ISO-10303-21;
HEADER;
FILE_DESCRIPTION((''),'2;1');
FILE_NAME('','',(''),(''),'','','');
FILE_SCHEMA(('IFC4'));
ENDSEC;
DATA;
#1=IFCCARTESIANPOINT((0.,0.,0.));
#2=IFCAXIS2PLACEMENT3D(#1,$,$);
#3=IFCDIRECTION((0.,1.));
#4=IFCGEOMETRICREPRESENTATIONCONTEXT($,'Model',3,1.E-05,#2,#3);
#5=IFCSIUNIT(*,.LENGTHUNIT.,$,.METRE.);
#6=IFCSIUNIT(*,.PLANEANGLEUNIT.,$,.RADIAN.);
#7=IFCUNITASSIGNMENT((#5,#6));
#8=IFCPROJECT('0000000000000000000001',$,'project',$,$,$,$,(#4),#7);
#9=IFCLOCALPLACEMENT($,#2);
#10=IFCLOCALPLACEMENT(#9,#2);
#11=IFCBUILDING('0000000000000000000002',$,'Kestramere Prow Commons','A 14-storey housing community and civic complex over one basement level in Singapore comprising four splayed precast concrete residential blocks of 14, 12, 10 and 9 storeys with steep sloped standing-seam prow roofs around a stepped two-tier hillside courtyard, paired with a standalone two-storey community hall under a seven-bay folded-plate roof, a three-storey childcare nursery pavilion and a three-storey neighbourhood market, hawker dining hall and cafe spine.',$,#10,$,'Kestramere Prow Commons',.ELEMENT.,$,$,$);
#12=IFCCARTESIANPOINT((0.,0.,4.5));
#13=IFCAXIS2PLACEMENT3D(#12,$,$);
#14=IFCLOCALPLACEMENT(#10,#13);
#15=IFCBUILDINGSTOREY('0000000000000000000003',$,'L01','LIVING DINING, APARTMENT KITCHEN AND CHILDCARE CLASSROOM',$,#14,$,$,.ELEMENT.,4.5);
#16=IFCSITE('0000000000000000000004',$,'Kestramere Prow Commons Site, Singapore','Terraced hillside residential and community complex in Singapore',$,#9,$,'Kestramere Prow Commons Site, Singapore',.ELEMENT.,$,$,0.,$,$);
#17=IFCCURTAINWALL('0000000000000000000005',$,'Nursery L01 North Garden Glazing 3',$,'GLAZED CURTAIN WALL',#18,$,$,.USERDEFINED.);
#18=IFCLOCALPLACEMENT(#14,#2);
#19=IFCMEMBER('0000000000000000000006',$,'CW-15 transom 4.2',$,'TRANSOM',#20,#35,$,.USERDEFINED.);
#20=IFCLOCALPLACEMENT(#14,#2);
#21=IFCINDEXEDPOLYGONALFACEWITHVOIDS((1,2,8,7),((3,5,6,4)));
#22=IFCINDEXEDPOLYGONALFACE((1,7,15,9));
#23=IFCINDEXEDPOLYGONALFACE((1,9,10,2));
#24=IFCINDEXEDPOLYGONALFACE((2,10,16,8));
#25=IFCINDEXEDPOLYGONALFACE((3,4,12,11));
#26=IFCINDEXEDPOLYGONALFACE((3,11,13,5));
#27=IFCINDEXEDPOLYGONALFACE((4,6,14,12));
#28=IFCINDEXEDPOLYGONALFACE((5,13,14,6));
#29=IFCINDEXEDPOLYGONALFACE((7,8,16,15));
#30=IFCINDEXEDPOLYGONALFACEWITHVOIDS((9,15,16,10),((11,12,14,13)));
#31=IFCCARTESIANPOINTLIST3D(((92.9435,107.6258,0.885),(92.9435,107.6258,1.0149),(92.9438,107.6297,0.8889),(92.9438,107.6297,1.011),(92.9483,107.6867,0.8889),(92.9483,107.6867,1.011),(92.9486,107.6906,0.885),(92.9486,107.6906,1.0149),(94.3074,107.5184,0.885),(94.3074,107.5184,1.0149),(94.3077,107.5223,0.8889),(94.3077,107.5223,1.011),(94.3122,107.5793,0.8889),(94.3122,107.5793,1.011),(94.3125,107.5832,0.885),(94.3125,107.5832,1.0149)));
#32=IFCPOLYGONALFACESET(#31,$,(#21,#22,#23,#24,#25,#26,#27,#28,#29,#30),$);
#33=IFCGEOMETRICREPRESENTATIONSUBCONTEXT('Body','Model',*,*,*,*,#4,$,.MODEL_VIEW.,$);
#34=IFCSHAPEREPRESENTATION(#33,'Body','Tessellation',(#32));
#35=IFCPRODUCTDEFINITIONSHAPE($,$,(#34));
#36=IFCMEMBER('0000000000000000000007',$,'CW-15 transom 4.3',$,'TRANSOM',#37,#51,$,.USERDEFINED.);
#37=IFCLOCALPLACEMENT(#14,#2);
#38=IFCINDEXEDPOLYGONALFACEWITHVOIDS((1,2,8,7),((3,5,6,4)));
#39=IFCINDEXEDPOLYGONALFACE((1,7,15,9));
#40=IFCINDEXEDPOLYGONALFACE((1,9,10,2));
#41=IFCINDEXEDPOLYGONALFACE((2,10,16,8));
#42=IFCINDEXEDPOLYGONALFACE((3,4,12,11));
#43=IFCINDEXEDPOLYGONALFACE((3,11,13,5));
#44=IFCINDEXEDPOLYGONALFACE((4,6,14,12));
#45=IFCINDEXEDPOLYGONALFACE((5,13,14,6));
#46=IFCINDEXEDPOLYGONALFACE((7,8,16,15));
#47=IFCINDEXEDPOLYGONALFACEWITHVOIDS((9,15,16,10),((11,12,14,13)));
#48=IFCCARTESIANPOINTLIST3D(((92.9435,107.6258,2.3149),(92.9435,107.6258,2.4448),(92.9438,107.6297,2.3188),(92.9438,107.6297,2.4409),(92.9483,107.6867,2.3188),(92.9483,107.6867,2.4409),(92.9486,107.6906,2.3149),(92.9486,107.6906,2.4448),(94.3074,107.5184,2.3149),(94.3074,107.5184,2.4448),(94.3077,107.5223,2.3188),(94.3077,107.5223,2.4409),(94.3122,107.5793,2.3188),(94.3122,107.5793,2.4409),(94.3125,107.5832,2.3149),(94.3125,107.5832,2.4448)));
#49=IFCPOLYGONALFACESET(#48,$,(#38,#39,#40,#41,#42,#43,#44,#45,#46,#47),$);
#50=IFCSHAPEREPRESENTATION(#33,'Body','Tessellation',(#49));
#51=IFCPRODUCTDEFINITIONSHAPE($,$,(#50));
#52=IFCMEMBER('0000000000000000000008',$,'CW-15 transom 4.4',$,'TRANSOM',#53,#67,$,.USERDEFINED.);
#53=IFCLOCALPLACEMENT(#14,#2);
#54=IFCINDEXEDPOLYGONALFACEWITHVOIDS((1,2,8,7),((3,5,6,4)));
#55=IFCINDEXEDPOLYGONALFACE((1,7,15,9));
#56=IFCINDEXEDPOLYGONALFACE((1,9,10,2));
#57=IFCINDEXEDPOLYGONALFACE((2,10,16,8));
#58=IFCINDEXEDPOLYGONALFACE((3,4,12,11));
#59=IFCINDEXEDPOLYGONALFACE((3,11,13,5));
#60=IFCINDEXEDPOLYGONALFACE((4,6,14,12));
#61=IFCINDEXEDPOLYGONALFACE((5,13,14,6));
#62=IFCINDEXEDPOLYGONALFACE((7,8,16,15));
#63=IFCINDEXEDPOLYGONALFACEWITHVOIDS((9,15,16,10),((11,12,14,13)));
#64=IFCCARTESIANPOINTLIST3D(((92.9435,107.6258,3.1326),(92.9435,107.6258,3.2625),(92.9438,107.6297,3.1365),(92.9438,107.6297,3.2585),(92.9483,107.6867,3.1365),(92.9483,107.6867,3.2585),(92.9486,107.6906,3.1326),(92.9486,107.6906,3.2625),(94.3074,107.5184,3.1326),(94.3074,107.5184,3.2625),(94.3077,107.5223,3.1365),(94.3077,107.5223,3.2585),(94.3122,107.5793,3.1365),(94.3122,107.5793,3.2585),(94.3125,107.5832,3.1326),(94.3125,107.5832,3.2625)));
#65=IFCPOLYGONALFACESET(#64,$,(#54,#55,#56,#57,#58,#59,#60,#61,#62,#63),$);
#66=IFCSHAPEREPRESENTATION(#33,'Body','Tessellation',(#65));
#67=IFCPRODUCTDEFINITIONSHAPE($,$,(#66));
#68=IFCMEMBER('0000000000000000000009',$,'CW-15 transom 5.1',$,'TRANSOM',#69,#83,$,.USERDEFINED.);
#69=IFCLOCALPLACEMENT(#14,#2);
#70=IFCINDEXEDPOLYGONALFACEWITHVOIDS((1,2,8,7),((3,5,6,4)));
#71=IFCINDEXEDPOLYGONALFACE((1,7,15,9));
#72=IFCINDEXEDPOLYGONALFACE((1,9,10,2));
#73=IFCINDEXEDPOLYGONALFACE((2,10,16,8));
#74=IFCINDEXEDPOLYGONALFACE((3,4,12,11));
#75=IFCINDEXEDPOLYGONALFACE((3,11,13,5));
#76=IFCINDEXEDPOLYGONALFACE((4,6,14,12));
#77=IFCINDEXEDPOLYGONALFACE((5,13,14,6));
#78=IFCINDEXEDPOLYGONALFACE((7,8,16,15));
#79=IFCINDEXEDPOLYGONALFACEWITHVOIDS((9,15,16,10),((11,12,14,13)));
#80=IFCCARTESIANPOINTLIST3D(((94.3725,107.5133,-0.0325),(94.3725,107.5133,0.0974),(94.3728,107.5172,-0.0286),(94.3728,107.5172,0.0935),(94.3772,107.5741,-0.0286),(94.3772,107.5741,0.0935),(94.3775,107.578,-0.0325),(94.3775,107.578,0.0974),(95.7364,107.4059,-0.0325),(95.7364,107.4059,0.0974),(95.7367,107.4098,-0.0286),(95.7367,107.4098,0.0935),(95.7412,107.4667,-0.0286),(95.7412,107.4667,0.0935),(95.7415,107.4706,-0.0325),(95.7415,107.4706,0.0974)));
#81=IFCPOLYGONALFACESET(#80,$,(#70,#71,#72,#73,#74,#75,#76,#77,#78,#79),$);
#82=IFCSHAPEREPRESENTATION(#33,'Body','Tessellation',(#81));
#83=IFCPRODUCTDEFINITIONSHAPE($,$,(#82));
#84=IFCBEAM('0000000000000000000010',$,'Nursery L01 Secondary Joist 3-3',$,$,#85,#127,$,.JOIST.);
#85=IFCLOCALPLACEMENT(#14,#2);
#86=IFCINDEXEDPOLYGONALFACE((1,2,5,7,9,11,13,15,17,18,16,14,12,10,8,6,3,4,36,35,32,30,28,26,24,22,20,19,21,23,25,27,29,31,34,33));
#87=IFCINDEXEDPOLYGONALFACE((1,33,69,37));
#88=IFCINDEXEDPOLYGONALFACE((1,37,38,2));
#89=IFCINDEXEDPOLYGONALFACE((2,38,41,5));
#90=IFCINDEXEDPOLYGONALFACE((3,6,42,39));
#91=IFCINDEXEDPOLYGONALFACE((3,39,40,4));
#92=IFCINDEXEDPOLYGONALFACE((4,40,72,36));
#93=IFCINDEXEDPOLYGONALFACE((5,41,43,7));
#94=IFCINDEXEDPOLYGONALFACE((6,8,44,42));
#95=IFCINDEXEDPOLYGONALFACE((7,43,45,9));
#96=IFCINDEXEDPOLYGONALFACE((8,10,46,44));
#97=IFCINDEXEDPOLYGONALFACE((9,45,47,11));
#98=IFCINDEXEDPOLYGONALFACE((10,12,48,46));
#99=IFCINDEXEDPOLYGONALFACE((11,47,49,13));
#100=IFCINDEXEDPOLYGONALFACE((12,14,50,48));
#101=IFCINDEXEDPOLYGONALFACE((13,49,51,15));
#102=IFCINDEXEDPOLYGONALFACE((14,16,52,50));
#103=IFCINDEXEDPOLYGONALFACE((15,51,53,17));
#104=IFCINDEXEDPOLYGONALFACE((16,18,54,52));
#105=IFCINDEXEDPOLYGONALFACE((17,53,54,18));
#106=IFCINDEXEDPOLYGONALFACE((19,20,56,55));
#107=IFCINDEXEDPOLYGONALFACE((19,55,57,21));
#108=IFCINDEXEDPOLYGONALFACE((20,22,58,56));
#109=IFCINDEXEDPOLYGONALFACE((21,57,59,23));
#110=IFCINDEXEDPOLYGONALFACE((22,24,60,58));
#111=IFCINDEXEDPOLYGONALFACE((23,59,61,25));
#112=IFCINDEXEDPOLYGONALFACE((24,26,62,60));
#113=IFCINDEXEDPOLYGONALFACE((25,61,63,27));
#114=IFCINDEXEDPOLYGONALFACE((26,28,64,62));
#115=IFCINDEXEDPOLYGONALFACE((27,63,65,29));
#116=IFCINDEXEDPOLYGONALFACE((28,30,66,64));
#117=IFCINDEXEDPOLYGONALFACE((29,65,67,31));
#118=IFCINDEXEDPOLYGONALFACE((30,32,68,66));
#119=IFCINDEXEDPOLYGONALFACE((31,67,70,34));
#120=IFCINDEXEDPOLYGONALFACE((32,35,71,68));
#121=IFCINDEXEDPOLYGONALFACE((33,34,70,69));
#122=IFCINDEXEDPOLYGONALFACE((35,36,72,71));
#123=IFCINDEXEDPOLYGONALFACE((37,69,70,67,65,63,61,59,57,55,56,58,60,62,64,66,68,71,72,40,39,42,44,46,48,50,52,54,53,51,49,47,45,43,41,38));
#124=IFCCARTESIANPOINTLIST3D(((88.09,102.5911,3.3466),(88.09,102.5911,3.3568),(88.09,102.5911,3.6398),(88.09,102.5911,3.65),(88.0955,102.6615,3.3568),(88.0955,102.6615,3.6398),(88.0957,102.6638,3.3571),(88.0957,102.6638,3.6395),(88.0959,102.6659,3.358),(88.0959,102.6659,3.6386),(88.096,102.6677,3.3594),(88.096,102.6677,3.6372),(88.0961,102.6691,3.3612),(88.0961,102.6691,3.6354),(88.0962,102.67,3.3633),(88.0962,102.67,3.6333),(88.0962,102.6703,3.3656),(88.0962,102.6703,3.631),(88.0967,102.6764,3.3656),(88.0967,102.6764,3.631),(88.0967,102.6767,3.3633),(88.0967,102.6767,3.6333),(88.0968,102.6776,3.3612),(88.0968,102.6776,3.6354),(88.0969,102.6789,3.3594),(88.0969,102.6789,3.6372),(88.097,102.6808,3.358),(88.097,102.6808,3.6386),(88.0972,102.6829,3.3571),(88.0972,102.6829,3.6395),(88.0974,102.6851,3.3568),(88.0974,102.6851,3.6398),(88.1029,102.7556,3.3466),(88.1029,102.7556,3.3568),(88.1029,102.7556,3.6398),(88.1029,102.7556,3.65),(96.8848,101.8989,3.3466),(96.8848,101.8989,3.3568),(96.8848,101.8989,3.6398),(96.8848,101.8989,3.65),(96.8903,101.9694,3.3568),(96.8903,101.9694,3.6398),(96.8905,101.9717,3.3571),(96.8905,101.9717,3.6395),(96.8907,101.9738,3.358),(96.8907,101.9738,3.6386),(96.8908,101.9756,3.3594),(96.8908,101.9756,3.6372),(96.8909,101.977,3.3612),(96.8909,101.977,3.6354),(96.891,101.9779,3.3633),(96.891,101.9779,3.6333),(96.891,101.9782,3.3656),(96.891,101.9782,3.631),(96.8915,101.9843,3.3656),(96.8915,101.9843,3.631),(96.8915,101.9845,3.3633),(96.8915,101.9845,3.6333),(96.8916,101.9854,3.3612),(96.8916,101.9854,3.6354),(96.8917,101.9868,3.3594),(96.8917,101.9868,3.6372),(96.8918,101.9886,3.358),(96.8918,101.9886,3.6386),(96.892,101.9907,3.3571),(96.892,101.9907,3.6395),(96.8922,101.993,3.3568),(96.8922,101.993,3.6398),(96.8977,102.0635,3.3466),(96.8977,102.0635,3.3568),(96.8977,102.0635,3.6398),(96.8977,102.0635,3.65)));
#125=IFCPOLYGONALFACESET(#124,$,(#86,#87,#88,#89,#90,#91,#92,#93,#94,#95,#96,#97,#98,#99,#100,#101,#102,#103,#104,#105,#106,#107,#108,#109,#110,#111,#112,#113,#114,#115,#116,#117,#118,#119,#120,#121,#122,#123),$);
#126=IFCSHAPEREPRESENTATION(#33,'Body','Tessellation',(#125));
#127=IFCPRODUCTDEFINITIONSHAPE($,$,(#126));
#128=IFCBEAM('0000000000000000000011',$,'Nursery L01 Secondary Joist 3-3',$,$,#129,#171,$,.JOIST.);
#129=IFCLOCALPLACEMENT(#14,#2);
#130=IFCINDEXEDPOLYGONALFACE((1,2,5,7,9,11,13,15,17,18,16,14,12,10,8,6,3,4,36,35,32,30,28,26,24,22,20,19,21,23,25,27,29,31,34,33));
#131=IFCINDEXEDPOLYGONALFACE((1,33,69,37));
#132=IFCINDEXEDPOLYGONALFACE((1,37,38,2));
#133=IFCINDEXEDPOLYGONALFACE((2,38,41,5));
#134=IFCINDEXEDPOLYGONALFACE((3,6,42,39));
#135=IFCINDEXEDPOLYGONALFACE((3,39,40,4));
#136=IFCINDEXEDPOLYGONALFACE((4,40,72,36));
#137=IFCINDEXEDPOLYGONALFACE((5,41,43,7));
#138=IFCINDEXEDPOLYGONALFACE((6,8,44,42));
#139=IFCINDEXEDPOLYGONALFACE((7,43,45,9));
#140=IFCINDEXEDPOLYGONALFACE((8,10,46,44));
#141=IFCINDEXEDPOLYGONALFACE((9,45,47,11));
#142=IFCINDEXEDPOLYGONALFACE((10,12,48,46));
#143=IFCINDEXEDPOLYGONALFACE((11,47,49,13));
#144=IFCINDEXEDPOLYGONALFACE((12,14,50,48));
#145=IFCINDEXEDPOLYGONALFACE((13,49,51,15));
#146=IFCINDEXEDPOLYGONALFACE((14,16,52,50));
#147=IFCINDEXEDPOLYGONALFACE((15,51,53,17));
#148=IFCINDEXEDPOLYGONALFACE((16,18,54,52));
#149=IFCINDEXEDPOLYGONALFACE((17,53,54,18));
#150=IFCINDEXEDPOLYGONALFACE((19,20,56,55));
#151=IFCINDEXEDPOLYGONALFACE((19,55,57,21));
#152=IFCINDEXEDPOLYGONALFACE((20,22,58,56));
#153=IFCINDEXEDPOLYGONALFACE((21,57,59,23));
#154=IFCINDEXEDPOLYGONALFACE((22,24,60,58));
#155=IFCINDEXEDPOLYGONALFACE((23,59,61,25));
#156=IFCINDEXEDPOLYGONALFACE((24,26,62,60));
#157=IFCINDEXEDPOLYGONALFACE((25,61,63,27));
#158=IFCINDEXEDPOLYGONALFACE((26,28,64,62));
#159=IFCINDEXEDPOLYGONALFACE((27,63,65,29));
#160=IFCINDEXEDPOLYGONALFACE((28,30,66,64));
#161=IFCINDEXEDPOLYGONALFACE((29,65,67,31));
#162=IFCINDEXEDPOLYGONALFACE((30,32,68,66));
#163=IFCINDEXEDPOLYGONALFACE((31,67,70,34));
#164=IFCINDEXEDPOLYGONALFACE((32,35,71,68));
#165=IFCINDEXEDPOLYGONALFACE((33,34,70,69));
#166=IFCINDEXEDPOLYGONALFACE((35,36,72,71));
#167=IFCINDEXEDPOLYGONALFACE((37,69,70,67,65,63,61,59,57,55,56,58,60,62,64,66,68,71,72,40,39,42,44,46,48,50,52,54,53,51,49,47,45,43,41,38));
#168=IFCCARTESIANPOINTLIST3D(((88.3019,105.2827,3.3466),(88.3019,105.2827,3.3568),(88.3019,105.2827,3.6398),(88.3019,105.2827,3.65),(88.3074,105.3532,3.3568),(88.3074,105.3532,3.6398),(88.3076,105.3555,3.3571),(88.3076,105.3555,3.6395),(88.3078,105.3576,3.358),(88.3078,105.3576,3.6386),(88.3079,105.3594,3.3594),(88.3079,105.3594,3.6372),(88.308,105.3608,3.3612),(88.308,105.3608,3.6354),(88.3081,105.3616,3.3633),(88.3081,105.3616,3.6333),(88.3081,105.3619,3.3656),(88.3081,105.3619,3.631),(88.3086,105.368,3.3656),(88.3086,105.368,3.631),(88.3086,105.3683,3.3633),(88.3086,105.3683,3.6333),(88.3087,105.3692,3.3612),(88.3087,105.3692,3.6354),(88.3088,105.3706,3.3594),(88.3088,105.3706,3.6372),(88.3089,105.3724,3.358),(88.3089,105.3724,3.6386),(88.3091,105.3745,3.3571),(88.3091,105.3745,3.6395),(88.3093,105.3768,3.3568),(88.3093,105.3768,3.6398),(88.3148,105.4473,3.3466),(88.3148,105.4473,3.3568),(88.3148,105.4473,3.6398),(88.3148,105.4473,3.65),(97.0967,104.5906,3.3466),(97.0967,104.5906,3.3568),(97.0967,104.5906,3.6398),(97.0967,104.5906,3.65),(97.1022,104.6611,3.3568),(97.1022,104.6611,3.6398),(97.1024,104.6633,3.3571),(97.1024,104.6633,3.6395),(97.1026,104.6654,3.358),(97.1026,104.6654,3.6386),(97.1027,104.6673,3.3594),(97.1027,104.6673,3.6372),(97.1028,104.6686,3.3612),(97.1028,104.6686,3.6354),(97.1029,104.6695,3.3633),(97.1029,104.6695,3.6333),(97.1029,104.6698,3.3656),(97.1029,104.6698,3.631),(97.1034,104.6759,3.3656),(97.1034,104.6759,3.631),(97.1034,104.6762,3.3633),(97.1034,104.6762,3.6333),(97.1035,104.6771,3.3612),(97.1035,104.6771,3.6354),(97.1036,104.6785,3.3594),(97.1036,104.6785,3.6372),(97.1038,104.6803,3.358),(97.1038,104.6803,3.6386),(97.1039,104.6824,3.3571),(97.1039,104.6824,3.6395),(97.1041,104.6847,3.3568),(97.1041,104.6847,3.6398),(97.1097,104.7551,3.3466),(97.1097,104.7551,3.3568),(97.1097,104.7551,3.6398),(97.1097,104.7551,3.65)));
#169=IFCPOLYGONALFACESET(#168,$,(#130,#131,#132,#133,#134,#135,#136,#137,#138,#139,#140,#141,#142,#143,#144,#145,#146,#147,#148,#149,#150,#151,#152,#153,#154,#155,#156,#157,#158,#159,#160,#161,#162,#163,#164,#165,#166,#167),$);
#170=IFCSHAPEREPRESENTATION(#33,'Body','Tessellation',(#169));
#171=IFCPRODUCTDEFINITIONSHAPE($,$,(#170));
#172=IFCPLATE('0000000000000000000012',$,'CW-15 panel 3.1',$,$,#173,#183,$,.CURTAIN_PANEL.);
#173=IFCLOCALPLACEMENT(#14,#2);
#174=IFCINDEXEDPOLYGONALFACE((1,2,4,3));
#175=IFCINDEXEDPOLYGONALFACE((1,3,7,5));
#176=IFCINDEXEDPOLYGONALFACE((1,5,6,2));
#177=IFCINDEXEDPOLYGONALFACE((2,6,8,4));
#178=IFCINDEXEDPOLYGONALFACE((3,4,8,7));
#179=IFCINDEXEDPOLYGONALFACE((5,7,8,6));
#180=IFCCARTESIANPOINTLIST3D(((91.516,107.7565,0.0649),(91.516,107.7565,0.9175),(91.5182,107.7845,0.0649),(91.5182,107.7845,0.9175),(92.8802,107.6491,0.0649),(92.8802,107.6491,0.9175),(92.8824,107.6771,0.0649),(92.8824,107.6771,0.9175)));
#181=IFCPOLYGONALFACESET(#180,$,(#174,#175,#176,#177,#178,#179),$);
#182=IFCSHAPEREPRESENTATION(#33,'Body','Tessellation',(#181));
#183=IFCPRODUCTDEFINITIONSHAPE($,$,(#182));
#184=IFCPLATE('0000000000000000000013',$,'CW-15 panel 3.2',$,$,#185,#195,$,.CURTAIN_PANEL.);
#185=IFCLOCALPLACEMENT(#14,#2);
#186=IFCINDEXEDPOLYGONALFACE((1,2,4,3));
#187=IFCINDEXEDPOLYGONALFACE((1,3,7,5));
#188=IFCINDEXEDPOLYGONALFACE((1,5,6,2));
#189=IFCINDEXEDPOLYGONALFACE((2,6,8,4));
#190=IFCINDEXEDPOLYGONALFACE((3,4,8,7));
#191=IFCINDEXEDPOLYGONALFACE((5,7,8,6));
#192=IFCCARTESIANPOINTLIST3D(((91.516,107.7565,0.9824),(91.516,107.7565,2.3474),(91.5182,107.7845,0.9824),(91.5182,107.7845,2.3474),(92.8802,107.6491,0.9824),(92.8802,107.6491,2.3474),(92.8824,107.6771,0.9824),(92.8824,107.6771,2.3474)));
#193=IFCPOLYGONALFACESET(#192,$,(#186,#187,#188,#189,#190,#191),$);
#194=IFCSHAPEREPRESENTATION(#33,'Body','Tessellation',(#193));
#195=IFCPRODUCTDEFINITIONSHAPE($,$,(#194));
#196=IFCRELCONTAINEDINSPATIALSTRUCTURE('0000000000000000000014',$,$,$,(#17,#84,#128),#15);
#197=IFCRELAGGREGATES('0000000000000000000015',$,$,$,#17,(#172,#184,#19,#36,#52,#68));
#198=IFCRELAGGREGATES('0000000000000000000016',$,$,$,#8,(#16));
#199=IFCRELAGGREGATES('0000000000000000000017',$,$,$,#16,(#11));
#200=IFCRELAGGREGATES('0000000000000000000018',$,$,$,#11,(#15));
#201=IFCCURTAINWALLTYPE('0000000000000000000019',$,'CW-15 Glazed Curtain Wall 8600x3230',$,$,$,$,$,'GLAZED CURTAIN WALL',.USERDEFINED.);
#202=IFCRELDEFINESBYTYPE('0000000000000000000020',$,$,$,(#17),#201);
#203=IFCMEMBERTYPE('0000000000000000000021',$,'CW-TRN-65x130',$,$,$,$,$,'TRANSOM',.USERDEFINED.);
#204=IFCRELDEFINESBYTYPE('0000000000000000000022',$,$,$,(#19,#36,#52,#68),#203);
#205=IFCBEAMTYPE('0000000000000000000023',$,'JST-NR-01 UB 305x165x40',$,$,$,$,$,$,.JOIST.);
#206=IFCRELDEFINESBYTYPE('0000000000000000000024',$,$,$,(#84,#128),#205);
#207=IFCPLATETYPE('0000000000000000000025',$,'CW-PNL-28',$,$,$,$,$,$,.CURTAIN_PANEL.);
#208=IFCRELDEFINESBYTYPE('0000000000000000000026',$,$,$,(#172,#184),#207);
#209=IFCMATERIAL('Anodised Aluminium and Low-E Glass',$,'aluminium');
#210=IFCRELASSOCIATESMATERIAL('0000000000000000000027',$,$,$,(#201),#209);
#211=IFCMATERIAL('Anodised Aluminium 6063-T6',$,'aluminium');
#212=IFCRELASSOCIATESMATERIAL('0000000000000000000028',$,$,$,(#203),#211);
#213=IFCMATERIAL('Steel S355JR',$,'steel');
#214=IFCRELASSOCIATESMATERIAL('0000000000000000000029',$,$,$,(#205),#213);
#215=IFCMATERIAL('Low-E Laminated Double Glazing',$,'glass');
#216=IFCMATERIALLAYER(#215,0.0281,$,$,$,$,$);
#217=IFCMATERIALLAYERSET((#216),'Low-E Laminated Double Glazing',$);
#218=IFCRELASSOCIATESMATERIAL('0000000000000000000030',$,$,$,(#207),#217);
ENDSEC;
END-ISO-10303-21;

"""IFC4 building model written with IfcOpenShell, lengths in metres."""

from ifc_helpers import new_model, si_unit, direction, frame, origin, origin_2d, place, context, subcontext, project, spatial, rectangle, hollow_rectangle, i_section, extrude, material, layer, layer_set, material_profile, profile_set, type_object, element, aggregate, save


model = new_model("IFC4")

# Units and contexts
model_context = context("Model", 3, precision=1e-05, world=origin(), true_north=direction((0.0, 1.0)))
body_context = subcontext(model_context, "Body", "Model", "MODEL_VIEW")
ifc_project = project(units=[si_unit("LENGTHUNIT", "METRE"), si_unit("PLANEANGLEUNIT", "RADIAN")], contexts=[model_context])

# Site, building, storey
site_placement = place(None, origin())
site = spatial("IfcSite", under=ifc_project, at=site_placement, Name="Kestramere Prow Commons Site, Singapore", Description="Terraced hillside residential and community complex in Singapore", LongName="Kestramere Prow Commons Site, Singapore", CompositionType="ELEMENT", RefElevation=0.0)
building_placement = place(site_placement, origin())
building = spatial("IfcBuilding", under=site, at=building_placement, Name="Kestramere Prow Commons", Description="A 14-storey housing community and civic complex over one basement level in Singapore comprising four splayed precast concrete residential blocks of 14, 12, 10 and 9 storeys with steep sloped standing-seam prow roofs around a stepped two-tier hillside courtyard, paired with a standalone two-storey community hall under a seven-bay folded-plate roof, a three-storey childcare nursery pavilion and a three-storey neighbourhood market, hawker dining hall and cafe spine.", LongName="Kestramere Prow Commons", CompositionType="ELEMENT")
storey_placement = place(building_placement, frame((0.0, 0.0, 4.5)))
storey = spatial("IfcBuildingStorey", under=building, at=storey_placement, Name="L01", Description="LIVING DINING, APARTMENT KITCHEN AND CHILDCARE CLASSROOM", CompositionType="ELEMENT", Elevation=4.5)

# Shared definitions
ifc_material_1 = material(Name="Steel S355JR", Category="steel")

# Curtain wall, members
ifc_material_2 = material(Name="Anodised Aluminium and Low-E Glass", Category="aluminium")
curtain_wall_type = type_object("IfcCurtainWallType", Name="CW-15 Glazed Curtain Wall 8600x3230", ElementType="GLAZED CURTAIN WALL", PredefinedType="USERDEFINED", material=ifc_material_2)
curtain_wall_placement = place(storey_placement, origin())
curtain_wall = element("IfcCurtainWall", 1, at=curtain_wall_placement, inside=storey, type_object=curtain_wall_type, Name="Nursery L01 North Garden Glazing 3", ObjectType="GLAZED CURTAIN WALL", PredefinedType="USERDEFINED")
ifc_material_3 = material(Name="Anodised Aluminium 6063-T6", Category="aluminium")
ifc_material_profile_1 = material_profile(ifc_material_3, hollow_rectangle(XDim=0.0649, YDim=0.1299, WallThickness=0.0039, at=origin_2d()), Name="ALU-TRN 65x130")
ifc_profile_set_1 = profile_set([ifc_material_profile_1], Name="Anodised Aluminium 6063-T6")
member_type_1 = type_object("IfcMemberType", Name="CW-TRN-65x130", ElementType="TRANSOM", PredefinedType="USERDEFINED", material=ifc_profile_set_1)
member_1_placement = place(storey_placement, frame((92.946, 107.6582, 0.95), z_axis=(0.996913, -0.078511, 0.0), x_axis=(0.078511, 0.996913, 0.0)))
member_1 = element("IfcMember", 2, at=member_1_placement, type_object=member_type_1, Name="CW-15 transom 4.2", ObjectType="TRANSOM", PredefinedType="USERDEFINED", context=body_context, shape_type="SweptSolid", body=[
    extrude(hollow_rectangle(XDim=0.0649, YDim=0.1299, WallThickness=0.0039, at=origin_2d()), origin(), (0.0, 0.0, 1.0), 1.3682),
])
member_2_placement = place(storey_placement, frame((92.946, 107.6582, 2.3799), z_axis=(0.996913, -0.078511, 0.0), x_axis=(0.078511, 0.996913, 0.0)))
member_2 = element("IfcMember", 3, at=member_2_placement, type_object=member_type_1, Name="CW-15 transom 4.3", ObjectType="TRANSOM", PredefinedType="USERDEFINED", context=body_context, shape_type="SweptSolid", body=[
    extrude(hollow_rectangle(XDim=0.0649, YDim=0.1299, WallThickness=0.0039, at=origin_2d()), origin(), (0.0, 0.0, 1.0), 1.3682),
])
member_3_placement = place(storey_placement, frame((92.946, 107.6582, 3.1975), z_axis=(0.996913, -0.078511, 0.0), x_axis=(0.078511, 0.996913, 0.0)))
member_3 = element("IfcMember", 4, at=member_3_placement, type_object=member_type_1, Name="CW-15 transom 4.4", ObjectType="TRANSOM", PredefinedType="USERDEFINED", context=body_context, shape_type="SweptSolid", body=[
    extrude(hollow_rectangle(XDim=0.0649, YDim=0.1299, WallThickness=0.0039, at=origin_2d()), origin(), (0.0, 0.0, 1.0), 1.3682),
])
member_4_placement = place(storey_placement, frame((94.375, 107.5457, 0.0325), z_axis=(0.996913, -0.078511, 0.0), x_axis=(0.078511, 0.996913, 0.0)))
member_4 = element("IfcMember", 5, at=member_4_placement, type_object=member_type_1, Name="CW-15 transom 5.1", ObjectType="TRANSOM", PredefinedType="USERDEFINED", context=body_context, shape_type="SweptSolid", body=[
    extrude(hollow_rectangle(XDim=0.0649, YDim=0.1299, WallThickness=0.0039, at=origin_2d()), origin(), (0.0, 0.0, 1.0), 1.3682),
])

# Beams
ifc_material_profile_2 = material_profile(ifc_material_1, i_section(OverallWidth=0.165, OverallDepth=0.3035, WebThickness=0.0061, FlangeThickness=0.0103, FilletRadius=0.0088, at=origin_2d()), Name="UB 305x165x40")
ifc_profile_set_2 = profile_set([ifc_material_profile_2], Name="Steel S355JR")
beam_type_1 = type_object("IfcBeamType", Name="JST-NR-01 UB 305x165x40", PredefinedType="JOIST", material=ifc_profile_set_2)
for number, where, z_axis, x_axis, name in (
    (6, (88.0964, 102.6733, 3.4983), (0.996918, -0.078455, 0.0), (0.078455, 0.996918, 0.0), "Nursery L01 Secondary Joist 3-3"),
    (7, (88.3083, 105.365, 3.4983), (0.996918, -0.078455, 0.0), (0.078455, 0.996918, 0.0), "Nursery L01 Secondary Joist 3-3"),
):
    element("IfcBeam", number, at=place(storey_placement, frame(where, z_axis=z_axis, x_axis=x_axis)), inside=storey, type_object=beam_type_1, Name=name, PredefinedType="JOIST", context=body_context, shape_type="SweptSolid", body=[
        extrude(i_section(OverallWidth=0.165, OverallDepth=0.3035, WebThickness=0.0061, FlangeThickness=0.0103, FilletRadius=0.0088, at=origin_2d()), origin(), (0.0, 0.0, 1.0), 8.822),
    ])

# Plates
ifc_material_4 = material(Name="Low-E Laminated Double Glazing", Category="glass")
ifc_layer_1 = layer(ifc_material_4, 0.0281)
ifc_layer_set_1 = layer_set([ifc_layer_1], Name="Low-E Laminated Double Glazing")
plate_type = type_object("IfcPlateType", Name="CW-PNL-28", PredefinedType="CURTAIN_PANEL", material=ifc_layer_set_1)
plate_1_placement = place(storey_placement, frame((92.1992, 107.7168, 0.0649), z_axis=(0.0, 0.0, 1.0), x_axis=(0.996917, -0.078459, 0.0)))
plate_1 = element("IfcPlate", 8, at=plate_1_placement, type_object=plate_type, Name="CW-15 panel 3.1", PredefinedType="CURTAIN_PANEL", context=body_context, shape_type="SweptSolid", body=[
    extrude(rectangle(XDim=1.3684, YDim=0.0281, at=origin_2d()), origin(), (0.0, 0.0, 1.0), 0.8525),
])
plate_2_placement = place(storey_placement, frame((92.1992, 107.7168, 0.9824), z_axis=(0.0, 0.0, 1.0), x_axis=(0.996917, -0.078459, 0.0)))
plate_2 = element("IfcPlate", 9, at=plate_2_placement, type_object=plate_type, Name="CW-15 panel 3.2", PredefinedType="CURTAIN_PANEL", context=body_context, shape_type="SweptSolid", body=[
    extrude(rectangle(XDim=1.3684, YDim=0.0281, at=origin_2d()), origin(), (0.0, 0.0, 1.0), 1.365),
])
aggregate(curtain_wall, [plate_1, plate_2, member_1, member_2, member_3, member_4])

save(model, "model.ifc")
